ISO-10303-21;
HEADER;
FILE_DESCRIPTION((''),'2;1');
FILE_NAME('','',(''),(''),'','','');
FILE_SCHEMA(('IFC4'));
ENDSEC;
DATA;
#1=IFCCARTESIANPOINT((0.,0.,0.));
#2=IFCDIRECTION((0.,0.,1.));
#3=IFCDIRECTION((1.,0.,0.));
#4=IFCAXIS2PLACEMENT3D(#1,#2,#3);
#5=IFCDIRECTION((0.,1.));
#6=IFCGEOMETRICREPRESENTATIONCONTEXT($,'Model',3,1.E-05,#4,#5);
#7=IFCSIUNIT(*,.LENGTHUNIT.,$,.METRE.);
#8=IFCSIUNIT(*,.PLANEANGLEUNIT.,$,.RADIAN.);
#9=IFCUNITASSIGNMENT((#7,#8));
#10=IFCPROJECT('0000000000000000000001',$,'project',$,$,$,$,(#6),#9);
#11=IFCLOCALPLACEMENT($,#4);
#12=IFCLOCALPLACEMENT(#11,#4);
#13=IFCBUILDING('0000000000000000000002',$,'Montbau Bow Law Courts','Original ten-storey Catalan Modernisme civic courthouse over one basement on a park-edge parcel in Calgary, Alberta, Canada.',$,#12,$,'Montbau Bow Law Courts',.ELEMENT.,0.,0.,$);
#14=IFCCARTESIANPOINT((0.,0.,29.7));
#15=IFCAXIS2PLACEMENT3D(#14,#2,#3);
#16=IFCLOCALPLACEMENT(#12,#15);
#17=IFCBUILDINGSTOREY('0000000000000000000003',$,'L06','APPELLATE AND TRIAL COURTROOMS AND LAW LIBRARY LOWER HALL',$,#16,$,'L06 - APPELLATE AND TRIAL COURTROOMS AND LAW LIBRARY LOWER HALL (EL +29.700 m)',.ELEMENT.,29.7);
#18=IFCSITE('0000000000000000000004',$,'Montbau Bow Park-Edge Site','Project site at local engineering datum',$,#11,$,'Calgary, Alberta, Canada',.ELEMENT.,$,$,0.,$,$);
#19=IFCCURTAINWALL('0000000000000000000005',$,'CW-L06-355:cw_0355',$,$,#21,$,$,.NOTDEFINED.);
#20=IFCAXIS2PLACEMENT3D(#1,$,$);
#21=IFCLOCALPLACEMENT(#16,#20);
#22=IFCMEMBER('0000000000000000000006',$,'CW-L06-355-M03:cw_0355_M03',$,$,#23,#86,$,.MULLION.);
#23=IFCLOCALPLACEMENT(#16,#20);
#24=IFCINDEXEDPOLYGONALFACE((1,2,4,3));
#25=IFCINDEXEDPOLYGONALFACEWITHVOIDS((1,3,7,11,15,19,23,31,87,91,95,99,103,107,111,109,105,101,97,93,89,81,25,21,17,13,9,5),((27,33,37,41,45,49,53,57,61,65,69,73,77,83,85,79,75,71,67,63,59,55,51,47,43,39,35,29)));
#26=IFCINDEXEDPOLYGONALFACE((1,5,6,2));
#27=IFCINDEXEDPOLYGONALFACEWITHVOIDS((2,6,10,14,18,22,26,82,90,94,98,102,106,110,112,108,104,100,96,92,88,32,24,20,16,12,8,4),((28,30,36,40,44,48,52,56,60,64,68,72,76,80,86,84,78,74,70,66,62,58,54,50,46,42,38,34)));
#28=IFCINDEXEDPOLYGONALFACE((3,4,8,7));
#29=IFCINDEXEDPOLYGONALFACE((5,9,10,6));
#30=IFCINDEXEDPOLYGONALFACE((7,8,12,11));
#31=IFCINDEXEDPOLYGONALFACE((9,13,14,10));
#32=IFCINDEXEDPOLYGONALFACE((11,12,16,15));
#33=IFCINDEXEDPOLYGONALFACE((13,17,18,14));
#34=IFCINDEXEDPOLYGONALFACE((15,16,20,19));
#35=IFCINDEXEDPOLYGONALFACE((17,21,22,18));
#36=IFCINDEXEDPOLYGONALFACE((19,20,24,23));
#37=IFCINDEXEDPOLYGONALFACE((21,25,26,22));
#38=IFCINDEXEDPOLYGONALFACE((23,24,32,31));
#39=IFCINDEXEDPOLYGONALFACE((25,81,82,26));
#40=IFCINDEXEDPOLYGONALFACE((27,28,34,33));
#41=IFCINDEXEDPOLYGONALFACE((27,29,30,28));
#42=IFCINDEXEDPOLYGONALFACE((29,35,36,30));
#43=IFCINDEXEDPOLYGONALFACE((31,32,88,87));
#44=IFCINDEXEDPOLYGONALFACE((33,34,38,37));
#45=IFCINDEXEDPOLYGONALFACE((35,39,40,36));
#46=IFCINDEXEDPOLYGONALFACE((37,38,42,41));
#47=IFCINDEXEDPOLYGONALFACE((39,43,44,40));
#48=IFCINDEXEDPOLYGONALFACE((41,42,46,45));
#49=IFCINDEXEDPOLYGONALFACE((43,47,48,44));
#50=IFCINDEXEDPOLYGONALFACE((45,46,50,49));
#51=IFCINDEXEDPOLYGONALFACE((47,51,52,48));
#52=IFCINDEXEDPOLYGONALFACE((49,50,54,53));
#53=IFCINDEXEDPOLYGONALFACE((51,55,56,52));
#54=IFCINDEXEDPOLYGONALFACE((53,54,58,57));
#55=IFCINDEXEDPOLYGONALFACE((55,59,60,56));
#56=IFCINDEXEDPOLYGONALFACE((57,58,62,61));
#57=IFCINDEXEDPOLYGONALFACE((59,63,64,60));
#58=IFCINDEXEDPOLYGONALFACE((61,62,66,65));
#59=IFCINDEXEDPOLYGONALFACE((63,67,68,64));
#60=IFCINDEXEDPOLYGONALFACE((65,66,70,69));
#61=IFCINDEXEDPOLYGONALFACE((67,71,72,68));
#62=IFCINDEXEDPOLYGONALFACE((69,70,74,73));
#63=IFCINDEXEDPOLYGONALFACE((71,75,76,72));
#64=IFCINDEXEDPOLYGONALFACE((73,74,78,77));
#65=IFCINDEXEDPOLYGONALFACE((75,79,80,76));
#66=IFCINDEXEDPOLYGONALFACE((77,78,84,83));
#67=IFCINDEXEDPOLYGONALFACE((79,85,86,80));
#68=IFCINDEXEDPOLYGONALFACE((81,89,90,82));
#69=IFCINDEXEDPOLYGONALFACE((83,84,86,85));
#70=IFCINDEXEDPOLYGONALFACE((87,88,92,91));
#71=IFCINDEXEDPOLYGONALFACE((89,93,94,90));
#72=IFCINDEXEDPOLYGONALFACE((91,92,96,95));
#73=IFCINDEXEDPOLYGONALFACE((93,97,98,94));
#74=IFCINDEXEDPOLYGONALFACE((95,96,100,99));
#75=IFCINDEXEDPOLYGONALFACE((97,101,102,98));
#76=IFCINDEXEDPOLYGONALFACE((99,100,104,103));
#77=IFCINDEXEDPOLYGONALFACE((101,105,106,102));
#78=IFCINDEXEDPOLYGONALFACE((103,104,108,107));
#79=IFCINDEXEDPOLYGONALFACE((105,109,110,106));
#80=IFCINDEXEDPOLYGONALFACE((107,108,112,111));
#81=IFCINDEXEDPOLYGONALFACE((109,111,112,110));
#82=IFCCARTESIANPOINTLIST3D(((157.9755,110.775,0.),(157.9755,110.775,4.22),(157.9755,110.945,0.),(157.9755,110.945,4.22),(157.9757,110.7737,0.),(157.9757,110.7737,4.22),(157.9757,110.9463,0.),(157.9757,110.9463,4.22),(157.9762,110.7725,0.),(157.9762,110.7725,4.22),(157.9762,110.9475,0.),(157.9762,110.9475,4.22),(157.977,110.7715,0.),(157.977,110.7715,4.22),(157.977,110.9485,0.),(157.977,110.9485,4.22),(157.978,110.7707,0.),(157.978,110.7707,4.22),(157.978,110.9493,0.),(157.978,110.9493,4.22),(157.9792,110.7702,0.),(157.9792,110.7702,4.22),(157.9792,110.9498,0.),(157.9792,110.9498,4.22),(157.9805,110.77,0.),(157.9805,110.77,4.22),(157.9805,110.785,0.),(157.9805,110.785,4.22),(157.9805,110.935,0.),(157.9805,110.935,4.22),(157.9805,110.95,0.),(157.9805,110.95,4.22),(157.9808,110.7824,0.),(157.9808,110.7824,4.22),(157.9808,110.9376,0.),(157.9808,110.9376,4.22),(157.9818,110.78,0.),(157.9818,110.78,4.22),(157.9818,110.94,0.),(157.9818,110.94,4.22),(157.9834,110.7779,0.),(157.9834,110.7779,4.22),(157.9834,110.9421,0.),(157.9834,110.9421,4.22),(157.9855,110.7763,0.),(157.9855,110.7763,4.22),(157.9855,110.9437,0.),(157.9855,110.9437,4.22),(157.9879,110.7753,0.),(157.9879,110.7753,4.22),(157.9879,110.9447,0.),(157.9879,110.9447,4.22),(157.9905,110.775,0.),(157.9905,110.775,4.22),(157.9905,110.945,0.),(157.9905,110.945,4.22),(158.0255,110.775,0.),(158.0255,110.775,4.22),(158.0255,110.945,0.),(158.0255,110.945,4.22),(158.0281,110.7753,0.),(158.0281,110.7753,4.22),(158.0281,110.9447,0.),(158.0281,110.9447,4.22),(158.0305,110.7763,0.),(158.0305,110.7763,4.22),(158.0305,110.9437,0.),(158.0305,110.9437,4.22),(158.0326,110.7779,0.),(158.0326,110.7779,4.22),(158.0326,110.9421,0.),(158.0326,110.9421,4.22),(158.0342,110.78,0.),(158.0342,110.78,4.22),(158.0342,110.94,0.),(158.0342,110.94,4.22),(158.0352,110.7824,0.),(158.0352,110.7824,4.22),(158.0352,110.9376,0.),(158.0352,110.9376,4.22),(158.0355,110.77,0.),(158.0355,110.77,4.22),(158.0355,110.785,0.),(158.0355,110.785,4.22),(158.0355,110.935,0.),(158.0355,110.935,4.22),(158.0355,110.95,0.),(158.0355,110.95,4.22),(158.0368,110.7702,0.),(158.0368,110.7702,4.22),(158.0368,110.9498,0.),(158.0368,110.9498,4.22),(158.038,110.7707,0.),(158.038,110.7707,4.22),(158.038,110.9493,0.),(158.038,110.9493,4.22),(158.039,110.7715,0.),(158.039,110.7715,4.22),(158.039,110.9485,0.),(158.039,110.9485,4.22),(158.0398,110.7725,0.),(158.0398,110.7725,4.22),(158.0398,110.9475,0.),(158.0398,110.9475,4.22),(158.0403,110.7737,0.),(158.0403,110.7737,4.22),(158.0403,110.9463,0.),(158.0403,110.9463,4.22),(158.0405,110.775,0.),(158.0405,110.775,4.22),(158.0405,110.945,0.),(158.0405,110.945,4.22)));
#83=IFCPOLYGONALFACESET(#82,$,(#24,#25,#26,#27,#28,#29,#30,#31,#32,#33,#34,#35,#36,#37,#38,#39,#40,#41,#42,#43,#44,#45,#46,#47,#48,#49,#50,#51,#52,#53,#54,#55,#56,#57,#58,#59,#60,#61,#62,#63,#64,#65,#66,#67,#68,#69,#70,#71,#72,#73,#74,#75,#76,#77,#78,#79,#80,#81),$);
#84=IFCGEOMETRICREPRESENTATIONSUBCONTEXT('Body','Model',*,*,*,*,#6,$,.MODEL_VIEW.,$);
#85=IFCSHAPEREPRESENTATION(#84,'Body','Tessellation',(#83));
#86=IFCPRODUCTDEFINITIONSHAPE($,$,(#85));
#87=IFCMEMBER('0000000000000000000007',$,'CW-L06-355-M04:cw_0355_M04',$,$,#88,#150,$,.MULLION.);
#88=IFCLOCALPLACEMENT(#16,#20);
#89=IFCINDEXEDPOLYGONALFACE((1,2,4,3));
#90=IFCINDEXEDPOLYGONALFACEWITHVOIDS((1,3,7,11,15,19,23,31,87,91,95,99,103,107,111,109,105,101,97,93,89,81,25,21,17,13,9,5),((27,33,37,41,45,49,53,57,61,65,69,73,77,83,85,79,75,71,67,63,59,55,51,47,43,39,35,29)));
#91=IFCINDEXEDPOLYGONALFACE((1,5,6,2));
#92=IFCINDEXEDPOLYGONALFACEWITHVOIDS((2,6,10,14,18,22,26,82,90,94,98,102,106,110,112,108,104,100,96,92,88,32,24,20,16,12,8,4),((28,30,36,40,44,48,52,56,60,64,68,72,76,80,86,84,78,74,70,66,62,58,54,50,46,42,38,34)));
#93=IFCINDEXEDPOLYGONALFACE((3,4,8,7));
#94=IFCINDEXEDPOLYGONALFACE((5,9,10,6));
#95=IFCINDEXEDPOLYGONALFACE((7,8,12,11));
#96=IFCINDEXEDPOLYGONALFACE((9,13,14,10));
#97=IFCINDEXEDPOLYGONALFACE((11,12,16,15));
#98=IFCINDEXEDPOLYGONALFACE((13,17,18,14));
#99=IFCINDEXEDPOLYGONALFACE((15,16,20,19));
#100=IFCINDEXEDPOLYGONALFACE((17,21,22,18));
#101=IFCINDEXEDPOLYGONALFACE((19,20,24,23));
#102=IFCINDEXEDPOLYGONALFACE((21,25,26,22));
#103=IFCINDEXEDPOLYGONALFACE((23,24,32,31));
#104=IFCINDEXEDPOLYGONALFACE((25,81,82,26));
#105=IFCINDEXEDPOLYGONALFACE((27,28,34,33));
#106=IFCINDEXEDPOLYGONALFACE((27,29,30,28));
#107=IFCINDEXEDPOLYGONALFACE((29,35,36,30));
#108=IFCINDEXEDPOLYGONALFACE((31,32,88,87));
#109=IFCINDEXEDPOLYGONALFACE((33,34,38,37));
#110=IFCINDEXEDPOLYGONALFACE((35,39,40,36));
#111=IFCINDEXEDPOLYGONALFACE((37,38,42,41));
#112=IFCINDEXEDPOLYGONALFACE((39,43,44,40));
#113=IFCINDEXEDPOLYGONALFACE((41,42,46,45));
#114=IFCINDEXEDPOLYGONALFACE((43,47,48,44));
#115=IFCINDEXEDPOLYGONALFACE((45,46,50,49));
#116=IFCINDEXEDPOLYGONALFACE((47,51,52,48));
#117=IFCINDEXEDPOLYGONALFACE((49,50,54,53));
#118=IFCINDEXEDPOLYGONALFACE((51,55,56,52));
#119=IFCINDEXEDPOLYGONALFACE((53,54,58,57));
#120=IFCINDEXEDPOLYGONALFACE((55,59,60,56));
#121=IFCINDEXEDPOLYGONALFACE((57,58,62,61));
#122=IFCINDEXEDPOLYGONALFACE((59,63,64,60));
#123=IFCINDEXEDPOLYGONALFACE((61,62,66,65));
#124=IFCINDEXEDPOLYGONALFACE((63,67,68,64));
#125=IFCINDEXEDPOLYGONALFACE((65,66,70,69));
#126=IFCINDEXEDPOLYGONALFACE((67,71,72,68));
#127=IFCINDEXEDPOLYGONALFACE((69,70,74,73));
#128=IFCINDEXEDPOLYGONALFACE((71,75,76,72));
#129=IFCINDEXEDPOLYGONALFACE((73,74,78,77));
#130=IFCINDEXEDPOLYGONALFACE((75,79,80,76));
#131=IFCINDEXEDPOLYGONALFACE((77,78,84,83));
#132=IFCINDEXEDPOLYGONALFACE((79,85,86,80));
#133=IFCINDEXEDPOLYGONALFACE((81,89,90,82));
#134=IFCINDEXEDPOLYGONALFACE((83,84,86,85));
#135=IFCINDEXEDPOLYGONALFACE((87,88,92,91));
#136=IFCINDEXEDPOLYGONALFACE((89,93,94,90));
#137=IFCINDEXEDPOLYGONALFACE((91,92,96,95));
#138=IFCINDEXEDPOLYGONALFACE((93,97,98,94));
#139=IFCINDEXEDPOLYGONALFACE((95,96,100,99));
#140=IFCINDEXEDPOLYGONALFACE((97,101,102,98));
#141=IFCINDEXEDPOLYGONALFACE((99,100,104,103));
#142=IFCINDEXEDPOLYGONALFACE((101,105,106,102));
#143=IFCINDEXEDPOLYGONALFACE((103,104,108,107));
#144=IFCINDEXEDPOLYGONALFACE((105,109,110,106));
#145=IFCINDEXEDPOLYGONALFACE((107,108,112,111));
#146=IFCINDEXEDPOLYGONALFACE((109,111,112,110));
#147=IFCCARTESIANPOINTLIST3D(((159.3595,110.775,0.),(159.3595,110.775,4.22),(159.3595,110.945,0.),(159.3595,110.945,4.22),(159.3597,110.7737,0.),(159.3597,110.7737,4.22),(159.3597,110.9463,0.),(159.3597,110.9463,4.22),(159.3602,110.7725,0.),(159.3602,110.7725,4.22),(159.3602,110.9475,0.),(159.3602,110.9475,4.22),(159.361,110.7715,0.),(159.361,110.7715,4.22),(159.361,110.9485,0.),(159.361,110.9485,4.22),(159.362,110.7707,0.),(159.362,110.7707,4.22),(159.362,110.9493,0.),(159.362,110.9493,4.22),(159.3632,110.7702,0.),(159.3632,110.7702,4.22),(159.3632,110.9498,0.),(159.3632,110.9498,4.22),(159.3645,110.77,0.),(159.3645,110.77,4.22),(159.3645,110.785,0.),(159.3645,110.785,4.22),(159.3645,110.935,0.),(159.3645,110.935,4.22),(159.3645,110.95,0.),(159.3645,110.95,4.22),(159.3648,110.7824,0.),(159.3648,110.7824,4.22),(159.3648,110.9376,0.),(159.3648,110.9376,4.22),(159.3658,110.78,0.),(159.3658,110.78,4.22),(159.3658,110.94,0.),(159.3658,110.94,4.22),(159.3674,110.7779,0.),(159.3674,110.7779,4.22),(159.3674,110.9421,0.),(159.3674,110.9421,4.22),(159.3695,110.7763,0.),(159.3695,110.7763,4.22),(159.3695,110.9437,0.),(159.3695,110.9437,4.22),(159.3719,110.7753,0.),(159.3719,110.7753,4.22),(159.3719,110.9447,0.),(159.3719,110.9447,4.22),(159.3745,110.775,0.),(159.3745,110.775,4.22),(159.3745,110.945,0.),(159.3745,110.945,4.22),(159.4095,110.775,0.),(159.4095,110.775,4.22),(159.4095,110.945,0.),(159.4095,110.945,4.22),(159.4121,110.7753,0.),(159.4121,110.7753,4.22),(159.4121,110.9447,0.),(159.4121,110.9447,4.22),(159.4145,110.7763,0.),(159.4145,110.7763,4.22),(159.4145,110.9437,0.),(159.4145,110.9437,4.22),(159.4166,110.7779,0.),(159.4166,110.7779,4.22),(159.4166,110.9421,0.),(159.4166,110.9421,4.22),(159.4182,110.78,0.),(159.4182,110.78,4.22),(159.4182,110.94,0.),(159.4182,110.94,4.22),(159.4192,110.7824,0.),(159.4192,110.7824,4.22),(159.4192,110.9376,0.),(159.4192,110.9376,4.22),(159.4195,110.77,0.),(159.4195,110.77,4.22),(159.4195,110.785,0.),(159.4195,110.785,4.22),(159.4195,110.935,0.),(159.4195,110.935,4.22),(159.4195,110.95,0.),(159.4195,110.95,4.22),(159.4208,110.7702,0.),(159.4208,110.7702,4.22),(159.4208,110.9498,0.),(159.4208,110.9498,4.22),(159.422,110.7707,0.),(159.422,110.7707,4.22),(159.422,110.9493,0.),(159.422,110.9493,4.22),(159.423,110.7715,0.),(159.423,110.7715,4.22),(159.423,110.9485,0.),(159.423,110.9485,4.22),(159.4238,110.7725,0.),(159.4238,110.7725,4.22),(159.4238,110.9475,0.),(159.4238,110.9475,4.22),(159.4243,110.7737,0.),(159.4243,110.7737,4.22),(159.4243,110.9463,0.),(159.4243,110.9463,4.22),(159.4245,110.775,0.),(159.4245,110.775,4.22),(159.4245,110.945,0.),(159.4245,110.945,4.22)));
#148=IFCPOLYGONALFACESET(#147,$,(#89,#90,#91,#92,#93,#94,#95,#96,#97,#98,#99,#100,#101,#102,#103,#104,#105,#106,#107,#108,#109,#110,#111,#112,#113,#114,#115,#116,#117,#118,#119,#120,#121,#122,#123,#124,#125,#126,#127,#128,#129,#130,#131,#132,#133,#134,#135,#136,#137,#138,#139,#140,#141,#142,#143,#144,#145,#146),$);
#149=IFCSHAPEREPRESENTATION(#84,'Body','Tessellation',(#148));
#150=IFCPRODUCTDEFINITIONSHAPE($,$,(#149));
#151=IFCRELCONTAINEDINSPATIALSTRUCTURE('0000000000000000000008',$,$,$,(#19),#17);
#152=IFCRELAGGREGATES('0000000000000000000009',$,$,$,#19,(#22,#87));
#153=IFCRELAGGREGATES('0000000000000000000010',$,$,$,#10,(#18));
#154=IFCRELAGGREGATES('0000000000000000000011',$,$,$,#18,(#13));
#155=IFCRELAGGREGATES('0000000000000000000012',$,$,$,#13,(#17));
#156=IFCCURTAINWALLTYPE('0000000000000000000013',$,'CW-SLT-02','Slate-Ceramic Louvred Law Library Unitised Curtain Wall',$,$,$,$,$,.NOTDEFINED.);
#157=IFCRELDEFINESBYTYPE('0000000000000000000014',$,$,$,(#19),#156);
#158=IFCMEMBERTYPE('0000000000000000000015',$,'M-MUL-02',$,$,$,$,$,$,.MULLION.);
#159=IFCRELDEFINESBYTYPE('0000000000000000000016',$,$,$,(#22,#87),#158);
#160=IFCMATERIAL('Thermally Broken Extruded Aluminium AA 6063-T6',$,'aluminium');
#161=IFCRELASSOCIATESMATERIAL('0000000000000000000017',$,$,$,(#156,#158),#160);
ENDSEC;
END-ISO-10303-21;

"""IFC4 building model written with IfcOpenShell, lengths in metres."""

from ifc_helpers import new_model, si_unit, direction, frame, origin_with_axes, origin_2d_with_axis, place, context, subcontext, project, spatial, hollow_rectangle, extrude, material, material_profile, profile_set, type_object, element, aggregate, save


model = new_model("IFC4")

# Units and contexts
model_context = context("Model", 3, precision=1e-05, world=origin_with_axes(), true_north=direction((0.0, 1.0)))
body_context = subcontext(model_context, "Body", "Model", "MODEL_VIEW")
ifc_project = project(units=[si_unit("LENGTHUNIT", "METRE"), si_unit("PLANEANGLEUNIT", "RADIAN")], contexts=[model_context])

# Site, building, storey
site_placement = place(None, origin_with_axes())
site = spatial("IfcSite", under=ifc_project, at=site_placement, Name="Montbau Bow Park-Edge Site", Description="Project site at local engineering datum", LongName="Calgary, Alberta, Canada", CompositionType="ELEMENT", RefElevation=0.0)
building_placement = place(site_placement, origin_with_axes())
building = spatial("IfcBuilding", under=site, at=building_placement, Name="Montbau Bow Law Courts", Description="Original ten-storey Catalan Modernisme civic courthouse over one basement on a park-edge parcel in Calgary, Alberta, Canada.", LongName="Montbau Bow Law Courts", CompositionType="ELEMENT", ElevationOfRefHeight=0.0, ElevationOfTerrain=0.0)
storey_placement = place(building_placement, frame((0.0, 0.0, 29.7), z_axis=(0.0, 0.0, 1.0), x_axis=(1.0, 0.0, 0.0)))
storey = spatial("IfcBuildingStorey", under=building, at=storey_placement, Name="L06", Description="APPELLATE AND TRIAL COURTROOMS AND LAW LIBRARY LOWER HALL", LongName="L06 - APPELLATE AND TRIAL COURTROOMS AND LAW LIBRARY LOWER HALL (EL +29.700 m)", CompositionType="ELEMENT", Elevation=29.7)

# Curtain wall, members
ifc_material_1 = material(Name="Thermally Broken Extruded Aluminium AA 6063-T6", Category="aluminium")
curtain_wall_type = type_object("IfcCurtainWallType", Name="CW-SLT-02", Description="Slate-Ceramic Louvred Law Library Unitised Curtain Wall", PredefinedType="NOTDEFINED", material=ifc_material_1)
curtain_wall_placement = place(None, frame((155.24, 110.86, 29.7), z_axis=(0.0, 0.0, 1.0), x_axis=(1.0, 0.0, 0.0)))
curtain_wall = element("IfcCurtainWall", 1, at=curtain_wall_placement, inside=storey, type_object=curtain_wall_type, Name="CW-L06-355:cw_0355", PredefinedType="NOTDEFINED")
ifc_material_profile_1 = material_profile(ifc_material_1, hollow_rectangle(XDim=0.065, YDim=0.18, WallThickness=0.005, InnerFilletRadius=0.01, OuterFilletRadius=0.005, at=origin_2d_with_axis()), Name="CWM-180X65", Category="Main", Priority=0)
ifc_profile_set_1 = profile_set([ifc_material_profile_1], Name="Thermally Broken Extruded Aluminium AA 6063-T6")
member_type_1 = type_object("IfcMemberType", Name="M-MUL-02", PredefinedType="MULLION", material=ifc_profile_set_1)
member_1_placement = place(None, frame((158.008, 110.86, 29.7), z_axis=(0.0, 0.0, 1.0), x_axis=(1.0, 0.0, 0.0)))
member_1 = element("IfcMember", 2, at=member_1_placement, type_object=member_type_1, Name="CW-L06-355-M03:cw_0355_M03", PredefinedType="MULLION", context=body_context, shape_type="SweptSolid", body=[
    extrude(hollow_rectangle(XDim=0.065, YDim=0.18, WallThickness=0.005, InnerFilletRadius=0.01, OuterFilletRadius=0.005, at=origin_2d_with_axis()), origin_with_axes(), (0.0, 0.0, 1.0), 4.22),
])
member_2_placement = place(None, frame((159.392, 110.86, 29.7), z_axis=(0.0, 0.0, 1.0), x_axis=(1.0, 0.0, 0.0)))
member_2 = element("IfcMember", 3, at=member_2_placement, type_object=member_type_1, Name="CW-L06-355-M04:cw_0355_M04", PredefinedType="MULLION", context=body_context, shape_type="SweptSolid", body=[
    extrude(hollow_rectangle(XDim=0.065, YDim=0.18, WallThickness=0.005, InnerFilletRadius=0.01, OuterFilletRadius=0.005, at=origin_2d_with_axis()), origin_with_axes(), (0.0, 0.0, 1.0), 4.22),
])
aggregate(curtain_wall, [member_1, member_2])

save(model, "model.ifc")
